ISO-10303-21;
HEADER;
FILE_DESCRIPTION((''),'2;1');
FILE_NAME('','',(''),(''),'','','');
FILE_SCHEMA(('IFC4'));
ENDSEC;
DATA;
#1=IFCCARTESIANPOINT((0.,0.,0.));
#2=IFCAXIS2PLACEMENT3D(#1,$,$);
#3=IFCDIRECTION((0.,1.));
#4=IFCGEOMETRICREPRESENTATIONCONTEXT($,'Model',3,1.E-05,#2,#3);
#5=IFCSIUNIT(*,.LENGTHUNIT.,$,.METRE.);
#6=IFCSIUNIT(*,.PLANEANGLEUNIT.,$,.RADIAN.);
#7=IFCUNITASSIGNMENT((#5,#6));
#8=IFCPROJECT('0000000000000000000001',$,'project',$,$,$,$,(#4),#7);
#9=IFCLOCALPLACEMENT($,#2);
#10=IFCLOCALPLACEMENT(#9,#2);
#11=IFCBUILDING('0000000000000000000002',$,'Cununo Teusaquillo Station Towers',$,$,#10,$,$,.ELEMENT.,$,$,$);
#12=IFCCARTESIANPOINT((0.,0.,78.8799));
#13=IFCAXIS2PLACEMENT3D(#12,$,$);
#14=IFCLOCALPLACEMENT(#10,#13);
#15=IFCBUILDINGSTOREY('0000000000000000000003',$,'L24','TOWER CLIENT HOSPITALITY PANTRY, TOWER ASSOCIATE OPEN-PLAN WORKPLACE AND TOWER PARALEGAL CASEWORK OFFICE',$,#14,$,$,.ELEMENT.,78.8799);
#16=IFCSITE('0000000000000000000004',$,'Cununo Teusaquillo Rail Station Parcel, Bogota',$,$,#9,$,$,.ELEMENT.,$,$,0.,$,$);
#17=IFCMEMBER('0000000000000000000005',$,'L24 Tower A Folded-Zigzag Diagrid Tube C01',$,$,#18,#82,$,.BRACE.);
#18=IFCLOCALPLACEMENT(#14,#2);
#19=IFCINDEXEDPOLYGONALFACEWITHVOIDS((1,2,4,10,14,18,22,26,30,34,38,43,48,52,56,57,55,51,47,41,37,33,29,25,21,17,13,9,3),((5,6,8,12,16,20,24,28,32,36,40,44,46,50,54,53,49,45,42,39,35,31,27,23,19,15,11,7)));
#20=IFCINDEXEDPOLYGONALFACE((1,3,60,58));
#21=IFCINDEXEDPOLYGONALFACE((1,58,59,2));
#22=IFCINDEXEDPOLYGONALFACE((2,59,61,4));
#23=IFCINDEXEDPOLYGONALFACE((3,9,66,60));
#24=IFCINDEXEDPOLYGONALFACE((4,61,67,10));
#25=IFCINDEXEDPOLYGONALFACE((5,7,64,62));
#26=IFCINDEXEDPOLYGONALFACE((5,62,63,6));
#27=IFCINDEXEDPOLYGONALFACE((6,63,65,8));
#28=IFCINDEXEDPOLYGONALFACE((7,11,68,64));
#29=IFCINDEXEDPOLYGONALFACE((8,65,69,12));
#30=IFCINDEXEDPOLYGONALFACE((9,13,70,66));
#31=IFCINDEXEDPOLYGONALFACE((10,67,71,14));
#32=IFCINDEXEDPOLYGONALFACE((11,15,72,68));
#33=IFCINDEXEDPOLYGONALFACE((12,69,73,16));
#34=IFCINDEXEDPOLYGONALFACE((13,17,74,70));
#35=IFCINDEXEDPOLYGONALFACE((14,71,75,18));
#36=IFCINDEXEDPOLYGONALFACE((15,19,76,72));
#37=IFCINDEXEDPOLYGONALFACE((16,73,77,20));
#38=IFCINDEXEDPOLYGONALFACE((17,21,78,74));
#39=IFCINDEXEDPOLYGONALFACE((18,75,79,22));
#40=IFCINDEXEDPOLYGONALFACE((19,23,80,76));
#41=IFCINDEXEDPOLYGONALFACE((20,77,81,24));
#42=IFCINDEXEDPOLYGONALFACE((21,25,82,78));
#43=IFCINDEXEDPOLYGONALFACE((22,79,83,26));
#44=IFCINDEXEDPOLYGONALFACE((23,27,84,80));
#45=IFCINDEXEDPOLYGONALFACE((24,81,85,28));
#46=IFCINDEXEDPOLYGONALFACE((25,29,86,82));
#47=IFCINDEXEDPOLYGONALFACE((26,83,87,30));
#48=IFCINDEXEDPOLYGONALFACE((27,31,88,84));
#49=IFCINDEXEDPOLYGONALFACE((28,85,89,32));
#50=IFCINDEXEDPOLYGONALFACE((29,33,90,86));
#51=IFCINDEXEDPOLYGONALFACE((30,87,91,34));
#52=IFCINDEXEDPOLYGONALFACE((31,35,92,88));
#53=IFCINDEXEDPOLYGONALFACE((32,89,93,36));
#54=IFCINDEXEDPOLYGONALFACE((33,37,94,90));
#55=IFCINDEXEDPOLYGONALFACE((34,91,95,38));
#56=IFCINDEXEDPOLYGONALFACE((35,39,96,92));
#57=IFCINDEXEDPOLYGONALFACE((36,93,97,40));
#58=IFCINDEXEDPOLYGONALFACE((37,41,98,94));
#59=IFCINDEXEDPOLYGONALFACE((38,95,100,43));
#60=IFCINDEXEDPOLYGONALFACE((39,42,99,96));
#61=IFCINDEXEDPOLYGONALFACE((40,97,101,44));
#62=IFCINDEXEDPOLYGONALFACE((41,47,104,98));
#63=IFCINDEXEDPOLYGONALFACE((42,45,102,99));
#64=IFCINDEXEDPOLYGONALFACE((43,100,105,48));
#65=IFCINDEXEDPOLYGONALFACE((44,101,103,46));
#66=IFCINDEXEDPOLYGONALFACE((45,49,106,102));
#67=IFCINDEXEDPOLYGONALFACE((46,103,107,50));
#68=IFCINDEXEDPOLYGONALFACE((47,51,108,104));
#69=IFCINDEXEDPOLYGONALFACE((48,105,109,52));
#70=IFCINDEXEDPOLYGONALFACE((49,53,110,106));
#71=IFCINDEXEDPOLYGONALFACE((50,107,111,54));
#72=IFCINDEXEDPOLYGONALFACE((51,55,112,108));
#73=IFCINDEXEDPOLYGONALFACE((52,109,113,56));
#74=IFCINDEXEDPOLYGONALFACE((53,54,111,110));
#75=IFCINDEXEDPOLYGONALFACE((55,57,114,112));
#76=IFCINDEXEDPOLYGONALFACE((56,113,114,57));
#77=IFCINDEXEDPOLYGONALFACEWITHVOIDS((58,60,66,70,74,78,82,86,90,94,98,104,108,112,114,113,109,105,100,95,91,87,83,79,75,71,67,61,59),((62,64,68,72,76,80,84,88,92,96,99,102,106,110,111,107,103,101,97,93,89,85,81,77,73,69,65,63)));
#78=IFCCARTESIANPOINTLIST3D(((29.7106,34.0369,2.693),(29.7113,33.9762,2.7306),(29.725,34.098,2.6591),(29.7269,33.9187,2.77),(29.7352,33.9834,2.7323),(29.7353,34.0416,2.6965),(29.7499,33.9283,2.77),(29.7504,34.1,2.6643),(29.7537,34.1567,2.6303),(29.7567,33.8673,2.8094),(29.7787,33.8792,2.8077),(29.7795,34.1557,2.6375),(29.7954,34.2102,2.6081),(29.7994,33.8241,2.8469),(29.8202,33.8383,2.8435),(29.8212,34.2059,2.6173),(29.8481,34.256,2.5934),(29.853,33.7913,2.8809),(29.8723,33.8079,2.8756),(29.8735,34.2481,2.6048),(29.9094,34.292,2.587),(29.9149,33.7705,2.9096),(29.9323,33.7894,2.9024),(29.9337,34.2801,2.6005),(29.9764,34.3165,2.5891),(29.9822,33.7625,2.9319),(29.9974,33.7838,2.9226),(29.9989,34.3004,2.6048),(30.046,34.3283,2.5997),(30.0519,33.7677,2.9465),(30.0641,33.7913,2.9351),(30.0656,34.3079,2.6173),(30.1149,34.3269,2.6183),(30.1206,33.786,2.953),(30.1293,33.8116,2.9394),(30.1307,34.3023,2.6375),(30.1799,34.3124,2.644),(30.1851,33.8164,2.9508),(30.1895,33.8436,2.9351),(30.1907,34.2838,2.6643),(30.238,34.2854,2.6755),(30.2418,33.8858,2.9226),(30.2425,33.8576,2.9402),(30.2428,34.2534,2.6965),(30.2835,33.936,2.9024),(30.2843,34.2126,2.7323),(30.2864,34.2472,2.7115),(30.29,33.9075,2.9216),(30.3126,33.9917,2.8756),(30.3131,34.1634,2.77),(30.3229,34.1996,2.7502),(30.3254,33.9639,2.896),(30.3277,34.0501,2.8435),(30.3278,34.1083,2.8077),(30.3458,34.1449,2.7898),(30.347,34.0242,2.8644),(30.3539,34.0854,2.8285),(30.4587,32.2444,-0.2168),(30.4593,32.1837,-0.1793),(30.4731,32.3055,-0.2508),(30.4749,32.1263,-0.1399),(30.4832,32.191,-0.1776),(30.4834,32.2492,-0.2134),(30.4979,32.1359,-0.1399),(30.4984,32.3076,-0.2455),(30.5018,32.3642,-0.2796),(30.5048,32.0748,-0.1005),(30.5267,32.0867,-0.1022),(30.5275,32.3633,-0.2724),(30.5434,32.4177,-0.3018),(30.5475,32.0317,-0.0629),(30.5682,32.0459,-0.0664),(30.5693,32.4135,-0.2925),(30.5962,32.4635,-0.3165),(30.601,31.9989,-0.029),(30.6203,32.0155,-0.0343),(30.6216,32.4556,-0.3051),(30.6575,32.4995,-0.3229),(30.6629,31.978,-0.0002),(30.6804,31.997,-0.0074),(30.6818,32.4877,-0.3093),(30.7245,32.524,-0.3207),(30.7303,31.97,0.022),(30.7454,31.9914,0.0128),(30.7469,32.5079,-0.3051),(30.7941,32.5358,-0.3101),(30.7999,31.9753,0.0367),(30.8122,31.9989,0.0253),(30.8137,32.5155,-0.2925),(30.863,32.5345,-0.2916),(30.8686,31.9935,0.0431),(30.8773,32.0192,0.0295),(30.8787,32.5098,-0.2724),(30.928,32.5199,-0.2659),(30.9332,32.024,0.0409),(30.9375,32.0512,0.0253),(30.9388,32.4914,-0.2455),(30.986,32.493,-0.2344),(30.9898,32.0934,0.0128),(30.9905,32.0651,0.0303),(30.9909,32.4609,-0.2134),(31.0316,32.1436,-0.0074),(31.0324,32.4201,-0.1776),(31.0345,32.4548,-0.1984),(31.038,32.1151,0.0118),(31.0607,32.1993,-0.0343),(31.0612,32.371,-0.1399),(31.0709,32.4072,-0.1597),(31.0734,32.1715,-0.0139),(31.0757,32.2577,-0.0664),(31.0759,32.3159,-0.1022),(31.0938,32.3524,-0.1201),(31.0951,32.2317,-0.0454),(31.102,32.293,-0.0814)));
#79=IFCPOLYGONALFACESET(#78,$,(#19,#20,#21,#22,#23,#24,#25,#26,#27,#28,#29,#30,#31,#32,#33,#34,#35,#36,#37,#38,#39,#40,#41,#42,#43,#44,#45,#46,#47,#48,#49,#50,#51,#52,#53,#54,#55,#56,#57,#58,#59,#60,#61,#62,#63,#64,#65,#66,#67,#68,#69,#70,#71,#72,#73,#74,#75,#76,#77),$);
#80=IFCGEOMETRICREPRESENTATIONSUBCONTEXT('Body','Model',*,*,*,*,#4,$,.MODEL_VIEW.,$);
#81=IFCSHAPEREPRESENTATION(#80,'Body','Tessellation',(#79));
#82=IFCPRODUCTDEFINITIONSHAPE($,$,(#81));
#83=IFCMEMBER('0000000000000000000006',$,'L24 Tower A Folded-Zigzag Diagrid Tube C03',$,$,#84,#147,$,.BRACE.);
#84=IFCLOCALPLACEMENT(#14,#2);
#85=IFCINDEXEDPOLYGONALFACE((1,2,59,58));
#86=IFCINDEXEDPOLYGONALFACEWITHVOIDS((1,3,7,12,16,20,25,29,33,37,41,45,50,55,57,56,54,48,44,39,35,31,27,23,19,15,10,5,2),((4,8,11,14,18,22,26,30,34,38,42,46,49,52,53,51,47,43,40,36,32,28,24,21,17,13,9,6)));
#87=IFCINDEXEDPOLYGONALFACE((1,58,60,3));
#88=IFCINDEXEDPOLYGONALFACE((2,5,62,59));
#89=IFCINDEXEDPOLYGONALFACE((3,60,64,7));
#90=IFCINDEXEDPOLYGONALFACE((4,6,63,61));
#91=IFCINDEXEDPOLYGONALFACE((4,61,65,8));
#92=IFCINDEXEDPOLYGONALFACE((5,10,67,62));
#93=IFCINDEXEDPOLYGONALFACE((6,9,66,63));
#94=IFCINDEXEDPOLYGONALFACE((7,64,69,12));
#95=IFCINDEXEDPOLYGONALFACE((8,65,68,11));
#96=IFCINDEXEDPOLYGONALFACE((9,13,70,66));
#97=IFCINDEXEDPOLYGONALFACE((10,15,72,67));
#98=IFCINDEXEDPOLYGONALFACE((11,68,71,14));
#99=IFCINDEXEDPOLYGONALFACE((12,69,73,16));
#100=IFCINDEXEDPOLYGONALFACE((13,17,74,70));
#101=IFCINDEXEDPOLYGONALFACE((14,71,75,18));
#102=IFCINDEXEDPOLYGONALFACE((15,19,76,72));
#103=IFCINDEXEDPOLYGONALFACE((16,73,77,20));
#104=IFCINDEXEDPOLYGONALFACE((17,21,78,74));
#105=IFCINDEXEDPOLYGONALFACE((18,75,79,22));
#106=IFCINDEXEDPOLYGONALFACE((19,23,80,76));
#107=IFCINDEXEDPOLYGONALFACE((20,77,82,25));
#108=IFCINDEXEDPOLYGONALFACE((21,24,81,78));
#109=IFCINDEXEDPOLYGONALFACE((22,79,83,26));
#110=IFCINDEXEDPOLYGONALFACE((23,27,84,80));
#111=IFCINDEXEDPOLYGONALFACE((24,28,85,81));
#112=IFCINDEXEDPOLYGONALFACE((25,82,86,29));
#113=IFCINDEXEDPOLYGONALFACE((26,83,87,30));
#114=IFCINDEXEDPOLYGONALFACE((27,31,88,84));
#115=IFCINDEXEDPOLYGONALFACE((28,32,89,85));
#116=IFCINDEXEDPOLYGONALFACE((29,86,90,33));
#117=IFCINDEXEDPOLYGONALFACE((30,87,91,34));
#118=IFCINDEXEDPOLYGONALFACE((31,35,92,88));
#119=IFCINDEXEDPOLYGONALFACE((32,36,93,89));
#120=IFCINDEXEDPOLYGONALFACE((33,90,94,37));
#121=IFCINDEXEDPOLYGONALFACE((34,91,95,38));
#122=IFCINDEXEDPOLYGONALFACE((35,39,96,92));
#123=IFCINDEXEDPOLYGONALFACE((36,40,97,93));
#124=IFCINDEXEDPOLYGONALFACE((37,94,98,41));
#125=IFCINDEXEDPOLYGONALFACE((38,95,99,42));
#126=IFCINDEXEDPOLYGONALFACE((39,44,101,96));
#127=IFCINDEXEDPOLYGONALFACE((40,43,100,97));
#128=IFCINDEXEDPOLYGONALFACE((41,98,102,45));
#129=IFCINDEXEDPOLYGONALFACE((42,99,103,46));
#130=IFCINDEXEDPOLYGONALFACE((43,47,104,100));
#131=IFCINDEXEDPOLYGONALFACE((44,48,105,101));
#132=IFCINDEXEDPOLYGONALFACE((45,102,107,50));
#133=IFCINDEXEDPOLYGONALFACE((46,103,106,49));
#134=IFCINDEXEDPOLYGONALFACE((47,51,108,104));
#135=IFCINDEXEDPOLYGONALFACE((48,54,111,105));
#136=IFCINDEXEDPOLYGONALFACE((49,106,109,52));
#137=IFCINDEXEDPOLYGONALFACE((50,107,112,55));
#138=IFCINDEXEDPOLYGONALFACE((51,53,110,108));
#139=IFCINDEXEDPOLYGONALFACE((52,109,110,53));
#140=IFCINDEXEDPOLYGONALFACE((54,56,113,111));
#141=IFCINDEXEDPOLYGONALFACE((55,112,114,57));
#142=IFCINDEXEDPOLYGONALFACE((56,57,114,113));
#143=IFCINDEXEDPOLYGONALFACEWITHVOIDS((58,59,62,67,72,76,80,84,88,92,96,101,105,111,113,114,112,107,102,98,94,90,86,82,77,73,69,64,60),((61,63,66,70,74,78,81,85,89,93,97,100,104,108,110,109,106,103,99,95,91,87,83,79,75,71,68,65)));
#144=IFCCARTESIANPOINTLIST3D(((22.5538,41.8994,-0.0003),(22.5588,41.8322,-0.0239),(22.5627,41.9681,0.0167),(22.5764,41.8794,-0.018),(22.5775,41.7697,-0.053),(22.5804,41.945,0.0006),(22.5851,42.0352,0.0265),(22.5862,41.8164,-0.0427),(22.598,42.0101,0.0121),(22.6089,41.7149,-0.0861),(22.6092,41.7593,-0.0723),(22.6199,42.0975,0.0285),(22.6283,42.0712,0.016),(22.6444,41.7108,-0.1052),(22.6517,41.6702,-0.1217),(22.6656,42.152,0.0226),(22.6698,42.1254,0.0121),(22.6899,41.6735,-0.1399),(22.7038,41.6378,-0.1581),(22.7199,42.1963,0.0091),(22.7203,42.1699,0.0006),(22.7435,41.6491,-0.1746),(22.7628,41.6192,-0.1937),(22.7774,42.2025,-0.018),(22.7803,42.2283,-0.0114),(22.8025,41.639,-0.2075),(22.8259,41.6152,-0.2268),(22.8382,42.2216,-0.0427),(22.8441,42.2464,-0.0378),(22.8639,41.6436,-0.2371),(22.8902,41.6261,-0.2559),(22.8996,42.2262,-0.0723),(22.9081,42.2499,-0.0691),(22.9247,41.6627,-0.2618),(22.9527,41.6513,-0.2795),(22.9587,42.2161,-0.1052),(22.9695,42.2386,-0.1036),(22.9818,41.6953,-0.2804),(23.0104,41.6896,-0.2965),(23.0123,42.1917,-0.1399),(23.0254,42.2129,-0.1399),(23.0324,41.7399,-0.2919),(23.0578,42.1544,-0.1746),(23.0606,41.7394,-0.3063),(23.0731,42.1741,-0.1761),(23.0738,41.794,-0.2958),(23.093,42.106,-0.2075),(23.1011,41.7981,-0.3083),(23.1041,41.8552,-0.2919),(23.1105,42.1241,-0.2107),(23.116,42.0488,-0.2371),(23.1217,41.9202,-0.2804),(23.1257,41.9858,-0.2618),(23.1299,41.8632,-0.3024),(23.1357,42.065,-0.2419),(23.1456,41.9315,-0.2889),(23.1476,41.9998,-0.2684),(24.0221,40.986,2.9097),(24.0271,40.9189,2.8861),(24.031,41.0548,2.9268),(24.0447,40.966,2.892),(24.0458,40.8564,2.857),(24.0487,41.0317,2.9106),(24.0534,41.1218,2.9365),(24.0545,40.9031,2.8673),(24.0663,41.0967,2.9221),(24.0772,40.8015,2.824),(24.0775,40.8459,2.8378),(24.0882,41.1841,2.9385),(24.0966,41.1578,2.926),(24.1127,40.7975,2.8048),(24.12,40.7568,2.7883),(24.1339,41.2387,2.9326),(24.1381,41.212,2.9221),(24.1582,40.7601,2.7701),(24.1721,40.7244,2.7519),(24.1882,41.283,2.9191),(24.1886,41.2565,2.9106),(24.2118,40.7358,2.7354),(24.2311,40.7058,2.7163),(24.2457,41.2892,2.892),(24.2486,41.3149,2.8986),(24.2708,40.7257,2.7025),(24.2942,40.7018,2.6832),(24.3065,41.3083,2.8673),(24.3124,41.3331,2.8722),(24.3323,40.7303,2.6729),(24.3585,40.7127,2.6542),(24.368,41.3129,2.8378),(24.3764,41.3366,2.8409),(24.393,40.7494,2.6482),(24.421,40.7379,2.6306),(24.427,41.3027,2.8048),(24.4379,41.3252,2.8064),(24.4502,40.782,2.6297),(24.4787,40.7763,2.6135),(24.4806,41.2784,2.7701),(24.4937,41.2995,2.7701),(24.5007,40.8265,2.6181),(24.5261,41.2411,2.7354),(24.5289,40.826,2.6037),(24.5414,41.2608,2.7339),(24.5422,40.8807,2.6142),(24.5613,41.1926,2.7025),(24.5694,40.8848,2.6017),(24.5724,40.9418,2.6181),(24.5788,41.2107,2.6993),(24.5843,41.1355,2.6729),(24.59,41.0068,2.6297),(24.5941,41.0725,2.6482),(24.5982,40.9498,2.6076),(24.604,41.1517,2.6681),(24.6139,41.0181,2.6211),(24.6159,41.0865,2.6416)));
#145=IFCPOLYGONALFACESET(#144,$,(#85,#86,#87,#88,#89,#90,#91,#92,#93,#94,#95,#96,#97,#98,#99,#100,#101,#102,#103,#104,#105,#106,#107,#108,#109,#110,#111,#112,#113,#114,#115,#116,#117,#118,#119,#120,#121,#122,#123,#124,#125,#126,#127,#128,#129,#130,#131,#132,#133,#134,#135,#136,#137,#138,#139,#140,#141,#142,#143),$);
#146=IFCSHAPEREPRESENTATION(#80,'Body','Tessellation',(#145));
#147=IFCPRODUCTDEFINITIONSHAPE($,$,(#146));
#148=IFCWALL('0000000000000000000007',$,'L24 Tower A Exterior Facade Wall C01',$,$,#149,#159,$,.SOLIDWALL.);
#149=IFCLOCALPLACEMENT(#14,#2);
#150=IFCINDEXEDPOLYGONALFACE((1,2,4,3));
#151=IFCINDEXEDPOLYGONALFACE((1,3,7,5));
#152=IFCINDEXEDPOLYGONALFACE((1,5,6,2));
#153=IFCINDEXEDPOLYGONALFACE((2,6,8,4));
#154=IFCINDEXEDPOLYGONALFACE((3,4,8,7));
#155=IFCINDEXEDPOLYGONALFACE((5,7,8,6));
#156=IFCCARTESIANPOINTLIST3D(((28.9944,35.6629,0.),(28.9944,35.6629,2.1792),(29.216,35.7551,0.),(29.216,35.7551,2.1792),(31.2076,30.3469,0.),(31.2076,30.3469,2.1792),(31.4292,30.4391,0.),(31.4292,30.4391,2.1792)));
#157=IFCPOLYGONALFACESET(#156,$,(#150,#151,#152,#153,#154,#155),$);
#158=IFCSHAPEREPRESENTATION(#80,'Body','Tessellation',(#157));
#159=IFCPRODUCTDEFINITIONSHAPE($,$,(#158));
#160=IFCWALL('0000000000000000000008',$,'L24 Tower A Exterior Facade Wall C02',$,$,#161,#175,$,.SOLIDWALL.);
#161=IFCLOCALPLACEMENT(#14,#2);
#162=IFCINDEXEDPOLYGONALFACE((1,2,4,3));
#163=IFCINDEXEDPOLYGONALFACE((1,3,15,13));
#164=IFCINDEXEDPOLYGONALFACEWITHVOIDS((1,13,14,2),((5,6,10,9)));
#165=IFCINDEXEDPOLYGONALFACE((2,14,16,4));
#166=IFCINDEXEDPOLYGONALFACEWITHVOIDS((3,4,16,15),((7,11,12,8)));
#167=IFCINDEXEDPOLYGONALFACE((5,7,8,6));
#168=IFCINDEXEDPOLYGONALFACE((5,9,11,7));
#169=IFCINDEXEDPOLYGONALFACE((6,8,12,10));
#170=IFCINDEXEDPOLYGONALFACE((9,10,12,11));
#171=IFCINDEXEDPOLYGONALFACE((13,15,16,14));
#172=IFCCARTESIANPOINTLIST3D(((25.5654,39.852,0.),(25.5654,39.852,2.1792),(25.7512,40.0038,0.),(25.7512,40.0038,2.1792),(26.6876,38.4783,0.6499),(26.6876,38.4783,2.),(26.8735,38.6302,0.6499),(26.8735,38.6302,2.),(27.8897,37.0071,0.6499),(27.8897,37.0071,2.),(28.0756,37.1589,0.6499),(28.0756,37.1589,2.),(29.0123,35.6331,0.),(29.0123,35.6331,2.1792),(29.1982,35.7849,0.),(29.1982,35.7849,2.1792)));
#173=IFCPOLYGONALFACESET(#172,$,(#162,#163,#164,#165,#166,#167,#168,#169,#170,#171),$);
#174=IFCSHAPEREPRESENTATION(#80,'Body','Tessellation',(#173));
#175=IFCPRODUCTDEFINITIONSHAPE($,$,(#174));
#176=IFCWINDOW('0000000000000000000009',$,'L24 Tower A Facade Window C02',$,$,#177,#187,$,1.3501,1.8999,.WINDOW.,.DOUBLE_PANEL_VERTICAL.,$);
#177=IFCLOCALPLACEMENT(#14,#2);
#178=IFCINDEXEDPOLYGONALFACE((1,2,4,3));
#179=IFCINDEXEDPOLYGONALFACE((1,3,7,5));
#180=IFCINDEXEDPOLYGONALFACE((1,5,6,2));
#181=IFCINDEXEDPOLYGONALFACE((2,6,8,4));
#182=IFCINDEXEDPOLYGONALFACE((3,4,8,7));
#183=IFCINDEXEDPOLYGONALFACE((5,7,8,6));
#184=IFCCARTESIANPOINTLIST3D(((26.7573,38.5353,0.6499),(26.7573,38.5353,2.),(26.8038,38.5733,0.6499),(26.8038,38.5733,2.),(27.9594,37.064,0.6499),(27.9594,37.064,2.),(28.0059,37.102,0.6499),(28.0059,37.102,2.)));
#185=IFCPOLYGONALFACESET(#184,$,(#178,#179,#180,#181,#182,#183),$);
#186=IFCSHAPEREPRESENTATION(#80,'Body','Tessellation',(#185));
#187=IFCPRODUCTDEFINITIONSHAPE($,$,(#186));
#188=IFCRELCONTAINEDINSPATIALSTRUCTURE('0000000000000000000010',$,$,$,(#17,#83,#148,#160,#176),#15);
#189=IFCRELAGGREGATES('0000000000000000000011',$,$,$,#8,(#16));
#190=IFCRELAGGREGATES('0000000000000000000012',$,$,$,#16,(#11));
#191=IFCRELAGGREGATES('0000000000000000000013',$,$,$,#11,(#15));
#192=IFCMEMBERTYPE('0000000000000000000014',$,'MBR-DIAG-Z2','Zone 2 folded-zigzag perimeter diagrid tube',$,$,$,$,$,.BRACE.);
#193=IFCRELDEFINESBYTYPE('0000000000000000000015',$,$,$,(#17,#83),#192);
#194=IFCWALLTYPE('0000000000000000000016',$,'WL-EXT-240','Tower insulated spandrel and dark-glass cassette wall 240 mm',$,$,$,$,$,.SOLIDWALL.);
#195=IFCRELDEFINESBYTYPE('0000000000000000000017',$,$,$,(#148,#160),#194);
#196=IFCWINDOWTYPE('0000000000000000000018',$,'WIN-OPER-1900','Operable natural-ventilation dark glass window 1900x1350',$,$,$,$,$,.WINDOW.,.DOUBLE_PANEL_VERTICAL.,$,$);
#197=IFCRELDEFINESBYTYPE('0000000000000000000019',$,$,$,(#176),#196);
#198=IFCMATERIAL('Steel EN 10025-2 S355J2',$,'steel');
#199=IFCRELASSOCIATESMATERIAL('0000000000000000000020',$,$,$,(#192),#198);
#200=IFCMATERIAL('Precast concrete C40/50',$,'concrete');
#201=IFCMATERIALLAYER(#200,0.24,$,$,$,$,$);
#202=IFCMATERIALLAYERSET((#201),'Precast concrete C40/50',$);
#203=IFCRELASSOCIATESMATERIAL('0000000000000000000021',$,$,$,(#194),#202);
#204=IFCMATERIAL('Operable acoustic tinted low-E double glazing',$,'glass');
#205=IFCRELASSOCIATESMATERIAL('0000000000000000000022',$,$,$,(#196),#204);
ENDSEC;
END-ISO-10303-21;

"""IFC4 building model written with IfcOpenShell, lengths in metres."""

from ifc_helpers import new_model, si_unit, direction, frame, frame_2d, origin, origin_2d, place, context, subcontext, project, spatial, rectangle, hollow_circle, extrude, source, transform, mapped, material, layer, layer_set, material_profile, profile_set, type_object, element, fill, save


model = new_model("IFC4")

# Units and contexts
model_context = context("Model", 3, precision=1e-05, world=origin(), true_north=direction((0.0, 1.0)))
body_context = subcontext(model_context, "Body", "Model", "MODEL_VIEW")
ifc_project = project(units=[si_unit("LENGTHUNIT", "METRE"), si_unit("PLANEANGLEUNIT", "RADIAN")], contexts=[model_context])

# Site, building, storey
site_placement = place(None, origin())
site = spatial("IfcSite", under=ifc_project, at=site_placement, Name="Cununo Teusaquillo Rail Station Parcel, Bogota", CompositionType="ELEMENT", RefElevation=0.0)
building_placement = place(site_placement, origin())
building = spatial("IfcBuilding", under=site, at=building_placement, Name="Cununo Teusaquillo Station Towers", CompositionType="ELEMENT")
storey_placement = place(building_placement, frame((0.0, 0.0, 78.8799)))
storey = spatial("IfcBuildingStorey", under=building, at=storey_placement, Name="L24", Description="TOWER CLIENT HOSPITALITY PANTRY, TOWER ASSOCIATE OPEN-PLAN WORKPLACE AND TOWER PARALEGAL CASEWORK OFFICE", CompositionType="ELEMENT", Elevation=78.8799)

# Members
ifc_material_1 = material(Name="Steel EN 10025-2 S355J2", Category="steel")
ifc_material_profile_1 = material_profile(ifc_material_1, hollow_circle(Radius=0.3301, WallThickness=0.0249, at=origin_2d()), Name="CHS 660x25")
ifc_profile_set_1 = profile_set([ifc_material_profile_1], Name="Steel EN 10025-2 S355J2")
member_type = type_object("IfcMemberType", Name="MBR-DIAG-Z2", Description="Zone 2 folded-zigzag perimeter diagrid tube", PredefinedType="BRACE", material=ifc_profile_set_1)
member_1_placement = place(storey_placement, frame((30.7795, 32.2534, -0.1399), z_axis=(-0.213814, 0.512343, 0.831738), x_axis=(-0.922861, -0.385133, 0.0)))
element("IfcMember", 1, at=member_1_placement, inside=storey, type_object=member_type, Name="L24 Tower A Folded-Zigzag Diagrid Tube C01", PredefinedType="BRACE", context=body_context, shape_type="SweptSolid", body=[
    extrude(hollow_circle(Radius=0.3301, WallThickness=0.0249, at=origin_2d()), origin(), (0.0, 0.0, 1.0), 3.4985),
])
member_2_placement = place(storey_placement, frame((22.8511, 41.9326, -0.1399), z_axis=(0.433768, -0.269825, 0.859674), x_axis=(0.528196, 0.849123, 0.0)))
element("IfcMember", 2, at=member_2_placement, inside=storey, type_object=member_type, Name="L24 Tower A Folded-Zigzag Diagrid Tube C03", PredefinedType="BRACE", context=body_context, shape_type="SweptSolid", body=[
    extrude(hollow_circle(Radius=0.3301, WallThickness=0.0249, at=origin_2d()), origin(), (0.0, 0.0, 1.0), 3.385),
])

# Wall
ifc_material_2 = material(Name="Precast concrete C40/50", Category="concrete")
ifc_layer_1 = layer(ifc_material_2, 0.24)
ifc_layer_set_1 = layer_set([ifc_layer_1], Name="Precast concrete C40/50")
wall_type_1 = type_object("IfcWallType", Name="WL-EXT-240", Description="Tower insulated spandrel and dark-glass cassette wall 240 mm", PredefinedType="SOLIDWALL", material=ifc_layer_set_1)
wall_1_placement = place(storey_placement, frame((29.1052, 35.709, 0.0), z_axis=(0.0, 0.0, 1.0), x_axis=(0.384344, -0.92319, 0.0)))
element("IfcWall", 3, at=wall_1_placement, inside=storey, type_object=wall_type_1, Name="L24 Tower A Exterior Facade Wall C01", PredefinedType="SOLIDWALL", context=body_context, shape_type="SweptSolid", body=[
    extrude(rectangle(XDim=5.7583, YDim=0.24, at=frame_2d((2.8792, 0.0))), origin(), (0.0, 0.0, 1.0), 2.1792),
])

# Wall, opening, window
wall_2_placement = place(storey_placement, frame((25.6582, 39.928, 0.0), z_axis=(0.0, 0.0, 1.0), x_axis=(0.632701, -0.774396, 0.0)))
wall_2 = element("IfcWall", 4, at=wall_2_placement, inside=storey, type_object=wall_type_1, Name="L24 Tower A Exterior Facade Wall C02", PredefinedType="SOLIDWALL", context=body_context, shape_type="SweptSolid", body=[
    extrude(rectangle(XDim=5.448, YDim=0.24, at=frame_2d((2.7241, 0.0))), origin(), (0.0, 0.0, 1.0), 2.1792),
])
shared_shape_1 = source(origin(), body_context, "Body", "SweptSolid", [
    extrude(rectangle(XDim=1.8999, YDim=1.3501, at=frame_2d((0.95, 0.675))), frame((0.0, 0.1299, 0.0), z_axis=(0.0, -1.0, 0.0), x_axis=(1.0, 0.0, 0.0)), (0.0, 0.0, 1.0), 0.26),
])
opening_1_placement = place(wall_2_placement, frame((1.7739, 0.0, 0.6499)))
opening_1 = element("IfcOpeningElement", 5, at=opening_1_placement, cuts=wall_2, PredefinedType="OPENING", context=body_context, shape_type="MappedRepresentation", body=[
    mapped(shared_shape_1, transform((0.0, 0.0, 0.0), x_axis=(1.0, 0.0, 0.0), y_axis=(0.0, 1.0, 0.0), z_axis=(0.0, 0.0, 1.0), scale=1.0)),
])
ifc_material_3 = material(Name="Operable acoustic tinted low-E double glazing", Category="glass")
window_type = type_object("IfcWindowType", Name="WIN-OPER-1900", Description="Operable natural-ventilation dark glass window 1900x1350", PartitioningType="DOUBLE_PANEL_VERTICAL", PredefinedType="WINDOW", material=ifc_material_3)
shared_shape_2 = source(origin(), body_context, "Body", "SweptSolid", [
    extrude(rectangle(XDim=1.8999, YDim=1.3501, at=frame_2d((0.95, 0.675))), frame((0.0, 0.03, 0.0), z_axis=(0.0, -1.0, 0.0), x_axis=(1.0, 0.0, 0.0)), (0.0, 0.0, 1.0), 0.0601),
])
window_placement = place(opening_1_placement, origin())
window = element("IfcWindow", 6, at=window_placement, inside=storey, type_object=window_type, Name="L24 Tower A Facade Window C02", OverallHeight=1.3501, OverallWidth=1.8999, PartitioningType="DOUBLE_PANEL_VERTICAL", PredefinedType="WINDOW", context=body_context, shape_type="MappedRepresentation", body=[
    mapped(shared_shape_2, transform((0.0, 0.0, 0.0), x_axis=(1.0, 0.0, 0.0), y_axis=(0.0, 1.0, 0.0), z_axis=(0.0, 0.0, 1.0), scale=1.0)),
])
fill(opening_1, window)

save(model, "model.ifc")
